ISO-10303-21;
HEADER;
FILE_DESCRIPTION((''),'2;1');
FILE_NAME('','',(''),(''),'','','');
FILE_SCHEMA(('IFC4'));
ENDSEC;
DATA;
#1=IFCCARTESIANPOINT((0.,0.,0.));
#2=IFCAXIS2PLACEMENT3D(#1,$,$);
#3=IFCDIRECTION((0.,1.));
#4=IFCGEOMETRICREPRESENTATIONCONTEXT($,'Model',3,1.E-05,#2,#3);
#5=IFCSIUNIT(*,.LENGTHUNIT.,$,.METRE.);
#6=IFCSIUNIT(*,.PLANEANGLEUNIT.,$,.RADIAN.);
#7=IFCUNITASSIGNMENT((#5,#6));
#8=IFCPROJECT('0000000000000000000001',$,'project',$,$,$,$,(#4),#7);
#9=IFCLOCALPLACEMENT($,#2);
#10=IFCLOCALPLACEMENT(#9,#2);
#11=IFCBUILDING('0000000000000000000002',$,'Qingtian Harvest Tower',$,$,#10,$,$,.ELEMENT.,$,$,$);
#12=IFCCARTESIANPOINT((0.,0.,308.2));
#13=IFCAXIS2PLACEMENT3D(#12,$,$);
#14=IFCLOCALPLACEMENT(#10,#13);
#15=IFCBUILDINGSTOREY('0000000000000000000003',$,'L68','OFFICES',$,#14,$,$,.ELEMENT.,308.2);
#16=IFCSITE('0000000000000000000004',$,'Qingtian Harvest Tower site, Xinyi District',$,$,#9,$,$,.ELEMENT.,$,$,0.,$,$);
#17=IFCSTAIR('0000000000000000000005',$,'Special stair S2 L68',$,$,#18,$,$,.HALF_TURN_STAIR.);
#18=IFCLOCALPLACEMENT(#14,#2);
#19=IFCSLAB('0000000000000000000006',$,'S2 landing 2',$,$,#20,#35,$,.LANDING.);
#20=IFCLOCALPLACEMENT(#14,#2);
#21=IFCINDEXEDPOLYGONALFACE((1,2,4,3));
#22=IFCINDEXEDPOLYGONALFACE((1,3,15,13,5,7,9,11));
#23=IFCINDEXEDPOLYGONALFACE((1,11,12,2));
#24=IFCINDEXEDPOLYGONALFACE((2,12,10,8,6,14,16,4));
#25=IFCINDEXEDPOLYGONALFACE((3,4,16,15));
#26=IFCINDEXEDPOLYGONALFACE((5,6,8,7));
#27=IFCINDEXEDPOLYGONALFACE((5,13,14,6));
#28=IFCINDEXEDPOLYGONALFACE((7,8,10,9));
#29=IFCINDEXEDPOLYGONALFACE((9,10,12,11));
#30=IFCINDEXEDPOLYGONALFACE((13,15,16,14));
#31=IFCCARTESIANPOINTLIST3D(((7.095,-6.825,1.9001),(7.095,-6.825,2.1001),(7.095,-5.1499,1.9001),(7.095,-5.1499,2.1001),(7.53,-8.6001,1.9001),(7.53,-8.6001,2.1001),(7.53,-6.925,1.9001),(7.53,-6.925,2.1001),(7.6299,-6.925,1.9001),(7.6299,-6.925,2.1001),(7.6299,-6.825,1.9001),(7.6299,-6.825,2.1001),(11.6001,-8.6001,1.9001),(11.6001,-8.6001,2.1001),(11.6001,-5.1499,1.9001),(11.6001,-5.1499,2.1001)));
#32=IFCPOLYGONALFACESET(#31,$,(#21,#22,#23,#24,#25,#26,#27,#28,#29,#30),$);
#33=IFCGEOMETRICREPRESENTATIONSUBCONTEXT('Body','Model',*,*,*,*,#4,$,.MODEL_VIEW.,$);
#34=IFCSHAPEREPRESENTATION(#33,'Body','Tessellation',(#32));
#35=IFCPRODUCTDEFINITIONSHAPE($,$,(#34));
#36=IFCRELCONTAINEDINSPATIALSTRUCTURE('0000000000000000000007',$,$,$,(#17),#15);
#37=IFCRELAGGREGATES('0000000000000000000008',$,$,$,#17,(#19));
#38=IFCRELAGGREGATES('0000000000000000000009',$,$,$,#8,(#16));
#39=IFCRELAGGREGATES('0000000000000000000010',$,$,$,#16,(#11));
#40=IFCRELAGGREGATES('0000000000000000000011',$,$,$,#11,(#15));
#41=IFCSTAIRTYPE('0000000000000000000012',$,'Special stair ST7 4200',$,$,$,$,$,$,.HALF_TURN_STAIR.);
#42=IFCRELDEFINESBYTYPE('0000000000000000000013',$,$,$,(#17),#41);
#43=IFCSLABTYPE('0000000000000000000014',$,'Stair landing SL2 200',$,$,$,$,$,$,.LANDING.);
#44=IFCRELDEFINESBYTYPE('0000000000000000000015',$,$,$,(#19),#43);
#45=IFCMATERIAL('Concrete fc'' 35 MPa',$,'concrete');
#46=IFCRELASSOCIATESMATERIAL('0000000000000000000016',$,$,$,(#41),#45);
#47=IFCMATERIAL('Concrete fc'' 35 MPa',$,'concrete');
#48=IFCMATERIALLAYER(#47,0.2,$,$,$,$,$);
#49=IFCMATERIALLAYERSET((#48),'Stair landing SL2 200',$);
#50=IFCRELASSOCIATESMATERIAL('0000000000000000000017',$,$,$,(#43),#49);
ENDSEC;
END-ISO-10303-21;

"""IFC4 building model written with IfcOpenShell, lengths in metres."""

from ifc_helpers import new_model, si_unit, direction, frame, origin, place, context, subcontext, project, spatial, polyline, outline, extrude, material, layer, layer_set, type_object, element, aggregate, save


model = new_model("IFC4")

# Units and contexts
model_context = context("Model", 3, precision=1e-05, world=origin(), true_north=direction((0.0, 1.0)))
body_context = subcontext(model_context, "Body", "Model", "MODEL_VIEW")
ifc_project = project(units=[si_unit("LENGTHUNIT", "METRE"), si_unit("PLANEANGLEUNIT", "RADIAN")], contexts=[model_context])

# Site, building, storey
site_placement = place(None, origin())
site = spatial("IfcSite", under=ifc_project, at=site_placement, Name="Qingtian Harvest Tower site, Xinyi District", CompositionType="ELEMENT", RefElevation=0.0)
building_placement = place(site_placement, origin())
building = spatial("IfcBuilding", under=site, at=building_placement, Name="Qingtian Harvest Tower", CompositionType="ELEMENT")
storey_placement = place(building_placement, frame((0.0, 0.0, 308.2)))
storey = spatial("IfcBuildingStorey", under=building, at=storey_placement, Name="L68", Description="OFFICES", CompositionType="ELEMENT", Elevation=308.2)

# Stair, slab
ifc_material_1 = material(Name="Concrete fc' 35 MPa", Category="concrete")
stair_type = type_object("IfcStairType", Name="Special stair ST7 4200", PredefinedType="HALF_TURN_STAIR", material=ifc_material_1)
stair_placement = place(storey_placement, origin())
stair = element("IfcStair", 1, at=stair_placement, inside=storey, type_object=stair_type, Name="Special stair S2 L68", PredefinedType="HALF_TURN_STAIR")
ifc_material_2 = material(Name="Concrete fc' 35 MPa", Category="concrete")
ifc_layer_1 = layer(ifc_material_2, 0.2)
ifc_layer_set_1 = layer_set([ifc_layer_1], Name="Stair landing SL2 200")
slab_type_1 = type_object("IfcSlabType", Name="Stair landing SL2 200", PredefinedType="LANDING", material=ifc_layer_set_1)
slab_1_placement = place(storey_placement, frame((0.0, 0.0, 1.9001)))
slab_1 = element("IfcSlab", 2, at=slab_1_placement, type_object=slab_type_1, Name="S2 landing 2", PredefinedType="LANDING", context=body_context, shape_type="SweptSolid", body=[
    extrude(outline(polyline([(7.53, -8.6001), (7.53, -6.925), (7.6299, -6.925), (7.6299, -6.825), (7.095, -6.825), (7.095, -5.1499), (11.6001, -5.1499), (11.6001, -8.6001), (7.53, -8.6001)])), origin(), (0.0, 0.0, 1.0), 0.2),
])
aggregate(stair, [slab_1])

save(model, "model.ifc")
